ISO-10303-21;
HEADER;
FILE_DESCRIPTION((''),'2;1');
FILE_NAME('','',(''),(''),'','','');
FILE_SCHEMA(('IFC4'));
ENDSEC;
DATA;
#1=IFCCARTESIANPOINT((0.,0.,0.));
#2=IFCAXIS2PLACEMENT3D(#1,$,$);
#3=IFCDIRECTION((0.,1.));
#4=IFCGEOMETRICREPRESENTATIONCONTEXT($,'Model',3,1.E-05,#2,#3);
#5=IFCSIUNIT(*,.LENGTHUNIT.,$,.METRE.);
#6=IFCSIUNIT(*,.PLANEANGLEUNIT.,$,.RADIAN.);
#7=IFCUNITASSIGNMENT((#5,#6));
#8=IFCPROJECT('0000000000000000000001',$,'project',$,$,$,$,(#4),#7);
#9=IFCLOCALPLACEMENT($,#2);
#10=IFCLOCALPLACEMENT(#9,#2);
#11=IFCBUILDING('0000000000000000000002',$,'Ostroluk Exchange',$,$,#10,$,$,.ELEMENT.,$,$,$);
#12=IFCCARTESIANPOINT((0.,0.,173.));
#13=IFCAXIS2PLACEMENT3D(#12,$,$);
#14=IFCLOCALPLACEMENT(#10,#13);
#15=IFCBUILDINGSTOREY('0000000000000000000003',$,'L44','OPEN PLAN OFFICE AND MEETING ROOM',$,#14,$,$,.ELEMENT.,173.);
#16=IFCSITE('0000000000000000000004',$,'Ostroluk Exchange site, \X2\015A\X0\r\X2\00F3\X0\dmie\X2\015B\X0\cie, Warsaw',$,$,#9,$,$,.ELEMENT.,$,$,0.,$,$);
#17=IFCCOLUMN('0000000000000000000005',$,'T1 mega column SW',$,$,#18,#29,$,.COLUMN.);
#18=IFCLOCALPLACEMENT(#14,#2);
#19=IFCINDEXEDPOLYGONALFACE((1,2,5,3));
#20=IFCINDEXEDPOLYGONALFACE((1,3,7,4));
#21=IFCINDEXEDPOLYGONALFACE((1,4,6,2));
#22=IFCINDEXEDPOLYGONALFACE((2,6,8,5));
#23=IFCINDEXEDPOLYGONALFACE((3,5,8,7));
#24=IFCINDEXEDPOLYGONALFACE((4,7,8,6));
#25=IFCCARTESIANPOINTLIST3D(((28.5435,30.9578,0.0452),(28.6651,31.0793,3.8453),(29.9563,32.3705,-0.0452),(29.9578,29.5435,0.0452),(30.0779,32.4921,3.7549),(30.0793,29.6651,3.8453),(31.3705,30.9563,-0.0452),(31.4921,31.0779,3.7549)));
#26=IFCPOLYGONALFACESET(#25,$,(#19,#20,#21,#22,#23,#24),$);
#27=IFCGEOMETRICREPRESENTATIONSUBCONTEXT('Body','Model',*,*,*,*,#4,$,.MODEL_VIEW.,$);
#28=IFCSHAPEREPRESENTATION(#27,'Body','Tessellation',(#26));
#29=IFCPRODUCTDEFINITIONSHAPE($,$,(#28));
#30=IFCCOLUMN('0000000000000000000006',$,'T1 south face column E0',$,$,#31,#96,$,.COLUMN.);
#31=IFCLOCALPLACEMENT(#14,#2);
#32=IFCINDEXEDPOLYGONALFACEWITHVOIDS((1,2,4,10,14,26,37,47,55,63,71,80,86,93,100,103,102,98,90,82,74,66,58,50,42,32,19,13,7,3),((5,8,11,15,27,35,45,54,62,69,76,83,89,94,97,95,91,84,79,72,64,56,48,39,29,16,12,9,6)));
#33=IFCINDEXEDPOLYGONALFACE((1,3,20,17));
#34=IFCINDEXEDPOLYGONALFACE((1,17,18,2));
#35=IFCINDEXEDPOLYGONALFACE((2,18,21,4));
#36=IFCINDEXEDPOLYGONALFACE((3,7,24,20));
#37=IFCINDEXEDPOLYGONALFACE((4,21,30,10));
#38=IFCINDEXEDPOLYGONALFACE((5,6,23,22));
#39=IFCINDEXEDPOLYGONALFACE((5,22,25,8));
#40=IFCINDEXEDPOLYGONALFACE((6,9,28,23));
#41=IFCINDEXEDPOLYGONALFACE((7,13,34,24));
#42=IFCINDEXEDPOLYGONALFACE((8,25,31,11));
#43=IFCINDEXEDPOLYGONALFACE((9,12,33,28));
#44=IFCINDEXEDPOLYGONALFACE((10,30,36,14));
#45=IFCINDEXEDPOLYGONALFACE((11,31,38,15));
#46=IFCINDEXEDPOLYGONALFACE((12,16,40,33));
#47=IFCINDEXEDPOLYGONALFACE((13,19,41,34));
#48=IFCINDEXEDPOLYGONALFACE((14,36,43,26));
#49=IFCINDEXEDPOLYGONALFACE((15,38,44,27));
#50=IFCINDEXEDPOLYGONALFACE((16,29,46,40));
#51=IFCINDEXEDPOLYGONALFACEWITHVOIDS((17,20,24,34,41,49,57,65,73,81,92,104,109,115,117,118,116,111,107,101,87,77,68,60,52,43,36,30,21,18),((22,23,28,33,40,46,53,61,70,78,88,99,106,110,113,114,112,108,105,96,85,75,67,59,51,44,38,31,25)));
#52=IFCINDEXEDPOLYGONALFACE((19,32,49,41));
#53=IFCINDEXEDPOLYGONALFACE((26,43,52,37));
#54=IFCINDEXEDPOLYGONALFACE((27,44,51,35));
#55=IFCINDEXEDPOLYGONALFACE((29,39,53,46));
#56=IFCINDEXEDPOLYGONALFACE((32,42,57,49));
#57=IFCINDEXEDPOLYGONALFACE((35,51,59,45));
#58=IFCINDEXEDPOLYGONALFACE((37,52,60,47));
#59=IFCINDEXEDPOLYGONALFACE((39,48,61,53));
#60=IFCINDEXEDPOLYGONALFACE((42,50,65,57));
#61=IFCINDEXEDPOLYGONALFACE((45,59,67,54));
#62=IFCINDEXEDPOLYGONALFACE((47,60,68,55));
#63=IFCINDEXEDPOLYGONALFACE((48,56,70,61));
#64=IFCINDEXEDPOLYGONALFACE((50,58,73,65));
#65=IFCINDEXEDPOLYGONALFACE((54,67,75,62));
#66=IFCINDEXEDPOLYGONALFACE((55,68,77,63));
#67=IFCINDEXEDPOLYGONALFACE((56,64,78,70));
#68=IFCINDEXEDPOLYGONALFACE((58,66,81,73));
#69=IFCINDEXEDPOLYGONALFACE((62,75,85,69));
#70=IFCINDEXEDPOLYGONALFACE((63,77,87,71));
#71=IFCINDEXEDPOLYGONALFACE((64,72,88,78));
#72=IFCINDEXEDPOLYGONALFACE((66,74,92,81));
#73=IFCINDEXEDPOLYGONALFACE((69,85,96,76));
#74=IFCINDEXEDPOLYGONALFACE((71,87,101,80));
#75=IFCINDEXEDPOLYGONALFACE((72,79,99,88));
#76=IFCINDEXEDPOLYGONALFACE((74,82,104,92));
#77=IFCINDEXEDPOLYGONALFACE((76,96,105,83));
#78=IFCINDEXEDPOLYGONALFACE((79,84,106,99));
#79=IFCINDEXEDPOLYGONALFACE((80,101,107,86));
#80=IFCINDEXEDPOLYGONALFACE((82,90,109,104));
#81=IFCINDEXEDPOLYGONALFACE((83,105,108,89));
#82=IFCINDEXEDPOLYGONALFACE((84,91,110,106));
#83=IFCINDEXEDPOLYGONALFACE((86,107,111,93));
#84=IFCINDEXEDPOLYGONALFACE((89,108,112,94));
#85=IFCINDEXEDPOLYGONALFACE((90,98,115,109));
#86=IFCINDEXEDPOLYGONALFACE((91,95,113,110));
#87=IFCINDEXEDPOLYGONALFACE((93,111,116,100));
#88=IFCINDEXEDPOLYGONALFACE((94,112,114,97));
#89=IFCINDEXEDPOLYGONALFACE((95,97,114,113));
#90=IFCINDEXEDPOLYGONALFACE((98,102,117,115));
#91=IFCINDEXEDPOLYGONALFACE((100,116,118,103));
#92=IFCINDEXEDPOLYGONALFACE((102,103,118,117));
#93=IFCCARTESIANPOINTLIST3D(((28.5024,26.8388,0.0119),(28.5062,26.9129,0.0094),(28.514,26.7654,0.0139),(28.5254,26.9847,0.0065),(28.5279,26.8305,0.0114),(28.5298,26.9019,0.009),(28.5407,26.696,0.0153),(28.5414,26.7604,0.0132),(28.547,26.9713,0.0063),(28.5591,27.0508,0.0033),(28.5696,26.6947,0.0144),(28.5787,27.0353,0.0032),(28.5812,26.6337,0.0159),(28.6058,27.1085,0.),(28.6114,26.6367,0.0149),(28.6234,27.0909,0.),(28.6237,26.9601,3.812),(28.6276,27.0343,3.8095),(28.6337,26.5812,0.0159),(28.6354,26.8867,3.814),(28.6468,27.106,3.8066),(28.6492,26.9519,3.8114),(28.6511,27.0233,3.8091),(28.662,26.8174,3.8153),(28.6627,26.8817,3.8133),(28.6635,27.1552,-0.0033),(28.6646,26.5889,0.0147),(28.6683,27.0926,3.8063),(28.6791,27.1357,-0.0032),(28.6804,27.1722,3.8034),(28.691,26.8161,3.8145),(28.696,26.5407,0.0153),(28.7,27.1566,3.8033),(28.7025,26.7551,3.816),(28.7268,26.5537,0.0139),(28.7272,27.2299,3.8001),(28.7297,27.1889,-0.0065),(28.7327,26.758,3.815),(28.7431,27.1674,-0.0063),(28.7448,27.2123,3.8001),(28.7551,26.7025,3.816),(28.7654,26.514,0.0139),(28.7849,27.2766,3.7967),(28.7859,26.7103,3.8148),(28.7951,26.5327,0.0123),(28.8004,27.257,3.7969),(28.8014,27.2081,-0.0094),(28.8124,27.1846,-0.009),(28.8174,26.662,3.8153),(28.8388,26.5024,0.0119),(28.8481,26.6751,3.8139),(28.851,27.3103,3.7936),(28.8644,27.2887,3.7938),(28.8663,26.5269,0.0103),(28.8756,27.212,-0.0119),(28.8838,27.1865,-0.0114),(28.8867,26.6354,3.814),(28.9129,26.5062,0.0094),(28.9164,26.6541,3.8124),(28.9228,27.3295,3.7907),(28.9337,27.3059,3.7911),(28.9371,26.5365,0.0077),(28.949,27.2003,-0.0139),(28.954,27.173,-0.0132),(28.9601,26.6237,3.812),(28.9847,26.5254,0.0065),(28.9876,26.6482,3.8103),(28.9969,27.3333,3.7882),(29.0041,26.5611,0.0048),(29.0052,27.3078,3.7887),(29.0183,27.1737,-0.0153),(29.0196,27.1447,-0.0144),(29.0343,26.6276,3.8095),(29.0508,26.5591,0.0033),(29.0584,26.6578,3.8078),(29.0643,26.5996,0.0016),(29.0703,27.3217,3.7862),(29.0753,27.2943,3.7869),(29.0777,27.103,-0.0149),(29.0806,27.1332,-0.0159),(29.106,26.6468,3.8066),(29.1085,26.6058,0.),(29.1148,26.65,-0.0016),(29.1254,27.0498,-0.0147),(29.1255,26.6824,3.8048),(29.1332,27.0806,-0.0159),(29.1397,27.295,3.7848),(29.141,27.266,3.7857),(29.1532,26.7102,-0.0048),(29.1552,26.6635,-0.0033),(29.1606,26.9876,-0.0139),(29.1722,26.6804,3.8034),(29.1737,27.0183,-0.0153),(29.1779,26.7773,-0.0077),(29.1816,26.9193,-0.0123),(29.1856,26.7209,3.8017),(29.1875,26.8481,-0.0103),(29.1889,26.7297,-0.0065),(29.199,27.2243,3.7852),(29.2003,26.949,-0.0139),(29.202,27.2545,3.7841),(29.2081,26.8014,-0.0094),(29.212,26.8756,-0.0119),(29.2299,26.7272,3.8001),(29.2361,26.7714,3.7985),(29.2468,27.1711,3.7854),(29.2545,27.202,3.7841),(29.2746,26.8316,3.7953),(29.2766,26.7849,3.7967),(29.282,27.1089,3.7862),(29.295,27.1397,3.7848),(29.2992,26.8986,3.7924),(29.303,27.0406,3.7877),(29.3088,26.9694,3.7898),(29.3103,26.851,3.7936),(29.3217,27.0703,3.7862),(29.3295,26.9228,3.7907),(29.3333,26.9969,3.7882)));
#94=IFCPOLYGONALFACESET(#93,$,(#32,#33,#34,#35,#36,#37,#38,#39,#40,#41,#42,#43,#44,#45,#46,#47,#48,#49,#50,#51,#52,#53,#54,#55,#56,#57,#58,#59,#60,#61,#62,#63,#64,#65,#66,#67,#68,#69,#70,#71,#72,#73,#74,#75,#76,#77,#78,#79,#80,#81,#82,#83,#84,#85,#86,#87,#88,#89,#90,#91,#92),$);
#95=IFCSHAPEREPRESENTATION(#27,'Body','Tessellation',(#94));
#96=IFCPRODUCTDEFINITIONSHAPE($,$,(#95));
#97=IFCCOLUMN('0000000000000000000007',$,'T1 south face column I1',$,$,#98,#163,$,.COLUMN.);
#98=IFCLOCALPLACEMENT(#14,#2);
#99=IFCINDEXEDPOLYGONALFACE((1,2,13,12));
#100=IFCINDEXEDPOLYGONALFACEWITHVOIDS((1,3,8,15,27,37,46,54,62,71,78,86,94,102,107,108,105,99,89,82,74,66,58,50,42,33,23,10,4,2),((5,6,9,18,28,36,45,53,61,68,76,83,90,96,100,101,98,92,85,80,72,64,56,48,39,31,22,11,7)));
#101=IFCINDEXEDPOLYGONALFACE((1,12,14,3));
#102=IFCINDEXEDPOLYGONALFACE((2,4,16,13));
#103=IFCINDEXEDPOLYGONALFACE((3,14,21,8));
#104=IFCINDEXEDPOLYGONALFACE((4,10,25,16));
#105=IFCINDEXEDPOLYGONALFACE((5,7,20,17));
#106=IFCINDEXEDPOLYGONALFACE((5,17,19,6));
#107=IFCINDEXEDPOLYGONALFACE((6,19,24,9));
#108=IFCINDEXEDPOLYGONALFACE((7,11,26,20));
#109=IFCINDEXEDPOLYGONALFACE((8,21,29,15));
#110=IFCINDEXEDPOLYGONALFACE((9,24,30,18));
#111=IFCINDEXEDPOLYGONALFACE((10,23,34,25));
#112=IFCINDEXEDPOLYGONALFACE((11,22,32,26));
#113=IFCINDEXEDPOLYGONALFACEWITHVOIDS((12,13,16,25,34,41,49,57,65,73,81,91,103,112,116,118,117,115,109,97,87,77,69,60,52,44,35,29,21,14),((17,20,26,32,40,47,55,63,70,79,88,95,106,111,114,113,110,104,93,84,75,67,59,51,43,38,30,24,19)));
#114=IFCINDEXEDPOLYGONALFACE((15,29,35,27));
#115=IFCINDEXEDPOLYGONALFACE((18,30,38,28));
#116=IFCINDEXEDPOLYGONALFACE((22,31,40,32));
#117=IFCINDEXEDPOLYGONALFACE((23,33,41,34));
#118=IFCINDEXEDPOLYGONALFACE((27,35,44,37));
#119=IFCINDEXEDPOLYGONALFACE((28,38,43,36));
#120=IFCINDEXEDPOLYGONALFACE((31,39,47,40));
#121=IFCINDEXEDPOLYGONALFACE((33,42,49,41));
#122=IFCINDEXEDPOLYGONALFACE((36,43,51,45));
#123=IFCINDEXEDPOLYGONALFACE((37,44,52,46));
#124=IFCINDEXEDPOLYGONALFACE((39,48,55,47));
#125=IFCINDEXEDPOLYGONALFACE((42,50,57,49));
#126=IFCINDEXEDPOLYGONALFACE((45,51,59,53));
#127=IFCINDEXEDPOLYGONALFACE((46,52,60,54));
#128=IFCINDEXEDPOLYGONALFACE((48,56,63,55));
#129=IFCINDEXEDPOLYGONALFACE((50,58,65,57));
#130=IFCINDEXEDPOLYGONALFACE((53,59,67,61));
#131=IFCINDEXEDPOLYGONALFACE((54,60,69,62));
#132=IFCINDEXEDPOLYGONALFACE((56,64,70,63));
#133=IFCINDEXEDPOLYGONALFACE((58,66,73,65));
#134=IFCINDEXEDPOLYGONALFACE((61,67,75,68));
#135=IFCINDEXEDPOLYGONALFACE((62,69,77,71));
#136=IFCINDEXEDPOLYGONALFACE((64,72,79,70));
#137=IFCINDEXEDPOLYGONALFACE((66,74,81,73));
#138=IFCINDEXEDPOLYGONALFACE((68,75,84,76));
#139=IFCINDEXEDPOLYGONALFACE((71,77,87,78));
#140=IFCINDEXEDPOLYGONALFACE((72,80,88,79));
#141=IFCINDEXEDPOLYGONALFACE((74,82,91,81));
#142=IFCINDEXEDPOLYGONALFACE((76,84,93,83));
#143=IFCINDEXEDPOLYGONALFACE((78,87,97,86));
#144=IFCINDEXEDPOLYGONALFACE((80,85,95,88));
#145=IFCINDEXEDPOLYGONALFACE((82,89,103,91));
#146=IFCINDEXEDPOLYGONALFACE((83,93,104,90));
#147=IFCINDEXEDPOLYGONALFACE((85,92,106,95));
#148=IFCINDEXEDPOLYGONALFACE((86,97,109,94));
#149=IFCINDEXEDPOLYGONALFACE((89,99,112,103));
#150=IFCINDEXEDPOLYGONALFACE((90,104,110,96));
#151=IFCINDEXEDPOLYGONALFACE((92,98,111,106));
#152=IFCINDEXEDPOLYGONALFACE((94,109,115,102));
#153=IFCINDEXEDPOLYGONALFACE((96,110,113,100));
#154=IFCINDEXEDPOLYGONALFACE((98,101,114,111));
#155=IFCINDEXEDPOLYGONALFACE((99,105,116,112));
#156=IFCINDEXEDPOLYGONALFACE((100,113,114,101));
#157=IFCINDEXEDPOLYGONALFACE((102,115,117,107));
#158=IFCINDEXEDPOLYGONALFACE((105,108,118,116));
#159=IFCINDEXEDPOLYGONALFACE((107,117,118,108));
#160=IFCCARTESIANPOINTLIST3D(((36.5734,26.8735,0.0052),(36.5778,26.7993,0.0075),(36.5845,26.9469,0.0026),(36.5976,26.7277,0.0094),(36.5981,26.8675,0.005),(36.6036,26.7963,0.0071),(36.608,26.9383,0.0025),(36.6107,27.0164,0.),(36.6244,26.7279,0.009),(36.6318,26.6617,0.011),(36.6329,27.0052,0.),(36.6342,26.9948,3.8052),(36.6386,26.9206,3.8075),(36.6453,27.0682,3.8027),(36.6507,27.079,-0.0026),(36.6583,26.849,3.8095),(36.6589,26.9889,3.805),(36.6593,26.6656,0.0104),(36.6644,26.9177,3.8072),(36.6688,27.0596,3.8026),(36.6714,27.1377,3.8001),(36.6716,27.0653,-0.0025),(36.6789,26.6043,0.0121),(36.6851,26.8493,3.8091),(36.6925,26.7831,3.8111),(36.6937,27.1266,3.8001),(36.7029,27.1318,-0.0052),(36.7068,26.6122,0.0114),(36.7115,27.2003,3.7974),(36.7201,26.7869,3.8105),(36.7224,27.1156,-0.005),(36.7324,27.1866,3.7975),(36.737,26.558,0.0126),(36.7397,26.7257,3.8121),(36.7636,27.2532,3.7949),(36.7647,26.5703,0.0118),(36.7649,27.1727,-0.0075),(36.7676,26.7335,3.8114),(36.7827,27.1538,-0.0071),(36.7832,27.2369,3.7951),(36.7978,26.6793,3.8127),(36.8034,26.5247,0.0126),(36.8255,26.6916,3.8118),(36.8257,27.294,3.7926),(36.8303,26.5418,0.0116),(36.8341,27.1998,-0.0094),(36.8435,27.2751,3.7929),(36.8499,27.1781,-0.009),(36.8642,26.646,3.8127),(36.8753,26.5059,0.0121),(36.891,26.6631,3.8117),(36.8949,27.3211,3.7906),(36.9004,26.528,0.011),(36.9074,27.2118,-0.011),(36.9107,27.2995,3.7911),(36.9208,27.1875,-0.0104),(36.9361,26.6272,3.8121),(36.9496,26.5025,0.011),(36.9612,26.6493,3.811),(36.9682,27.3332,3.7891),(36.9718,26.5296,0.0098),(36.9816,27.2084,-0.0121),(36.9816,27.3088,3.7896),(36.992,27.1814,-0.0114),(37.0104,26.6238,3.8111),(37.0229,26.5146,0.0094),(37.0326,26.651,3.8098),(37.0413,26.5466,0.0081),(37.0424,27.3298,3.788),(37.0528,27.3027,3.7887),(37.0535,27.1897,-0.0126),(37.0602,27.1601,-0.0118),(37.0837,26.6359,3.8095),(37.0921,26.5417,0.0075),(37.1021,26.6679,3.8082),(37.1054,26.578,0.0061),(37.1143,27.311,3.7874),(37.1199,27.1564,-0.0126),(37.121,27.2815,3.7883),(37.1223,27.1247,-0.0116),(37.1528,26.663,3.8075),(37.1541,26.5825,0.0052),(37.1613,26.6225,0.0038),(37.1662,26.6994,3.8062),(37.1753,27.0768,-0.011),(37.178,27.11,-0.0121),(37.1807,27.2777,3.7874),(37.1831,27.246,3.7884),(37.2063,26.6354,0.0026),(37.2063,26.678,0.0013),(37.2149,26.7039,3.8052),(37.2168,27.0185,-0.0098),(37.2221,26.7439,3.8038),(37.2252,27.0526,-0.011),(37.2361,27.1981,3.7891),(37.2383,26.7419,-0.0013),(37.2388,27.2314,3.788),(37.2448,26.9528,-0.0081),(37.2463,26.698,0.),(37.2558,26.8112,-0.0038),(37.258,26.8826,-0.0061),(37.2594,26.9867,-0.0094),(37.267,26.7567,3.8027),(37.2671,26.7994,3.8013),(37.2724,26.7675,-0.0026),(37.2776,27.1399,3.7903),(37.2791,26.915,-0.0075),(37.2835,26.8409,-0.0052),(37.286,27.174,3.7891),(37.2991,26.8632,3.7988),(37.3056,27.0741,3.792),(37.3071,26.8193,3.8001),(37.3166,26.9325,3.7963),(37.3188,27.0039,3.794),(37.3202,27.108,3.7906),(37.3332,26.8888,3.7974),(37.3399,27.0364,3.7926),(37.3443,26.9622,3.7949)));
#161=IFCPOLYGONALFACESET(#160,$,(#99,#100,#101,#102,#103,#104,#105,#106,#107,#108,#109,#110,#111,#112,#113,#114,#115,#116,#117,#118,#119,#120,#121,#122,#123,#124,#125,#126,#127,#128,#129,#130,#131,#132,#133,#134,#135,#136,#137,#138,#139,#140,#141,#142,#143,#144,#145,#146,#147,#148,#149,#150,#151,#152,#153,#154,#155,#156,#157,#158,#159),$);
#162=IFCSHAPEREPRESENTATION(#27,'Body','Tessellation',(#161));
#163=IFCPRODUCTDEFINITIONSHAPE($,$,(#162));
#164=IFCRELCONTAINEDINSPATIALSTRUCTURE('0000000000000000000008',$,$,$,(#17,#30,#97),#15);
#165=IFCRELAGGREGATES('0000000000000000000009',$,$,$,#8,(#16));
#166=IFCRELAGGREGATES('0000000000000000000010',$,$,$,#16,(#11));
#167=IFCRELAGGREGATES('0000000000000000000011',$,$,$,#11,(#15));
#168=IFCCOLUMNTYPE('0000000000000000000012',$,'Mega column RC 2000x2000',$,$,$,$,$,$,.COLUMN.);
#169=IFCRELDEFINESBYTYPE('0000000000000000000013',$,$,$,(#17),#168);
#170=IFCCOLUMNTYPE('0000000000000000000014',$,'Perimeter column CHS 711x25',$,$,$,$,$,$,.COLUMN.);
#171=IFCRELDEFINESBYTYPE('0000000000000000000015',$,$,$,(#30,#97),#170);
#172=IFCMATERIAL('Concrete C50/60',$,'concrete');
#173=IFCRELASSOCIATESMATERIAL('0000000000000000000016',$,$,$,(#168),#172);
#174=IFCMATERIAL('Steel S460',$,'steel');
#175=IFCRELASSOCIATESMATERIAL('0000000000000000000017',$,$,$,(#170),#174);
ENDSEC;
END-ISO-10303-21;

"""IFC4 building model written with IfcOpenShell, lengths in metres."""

from ifc_helpers import new_model, si_unit, direction, frame, origin, origin_2d, place, context, subcontext, project, spatial, rectangle, hollow_circle, extrude, material, material_profile, profile_set, type_object, element, save


model = new_model("IFC4")

# Units and contexts
model_context = context("Model", 3, precision=1e-05, world=origin(), true_north=direction((0.0, 1.0)))
body_context = subcontext(model_context, "Body", "Model", "MODEL_VIEW")
ifc_project = project(units=[si_unit("LENGTHUNIT", "METRE"), si_unit("PLANEANGLEUNIT", "RADIAN")], contexts=[model_context])

# Site, building, storey
site_placement = place(None, origin())
site = spatial("IfcSite", under=ifc_project, at=site_placement, Name="Ostroluk Exchange site, Śródmieście, Warsaw", CompositionType="ELEMENT", RefElevation=0.0)
building_placement = place(site_placement, origin())
building = spatial("IfcBuilding", under=site, at=building_placement, Name="Ostroluk Exchange", CompositionType="ELEMENT")
storey_placement = place(building_placement, frame((0.0, 0.0, 173.0)))
storey = spatial("IfcBuildingStorey", under=building, at=storey_placement, Name="L44", Description="OPEN PLAN OFFICE AND MEETING ROOM", CompositionType="ELEMENT", Elevation=173.0)

# Columns
ifc_material_1 = material(Name="Concrete C50/60", Category="concrete")
ifc_material_profile_1 = material_profile(ifc_material_1, rectangle(XDim=2.0, YDim=2.0, at=origin_2d()), Name="RC 2000x2000")
ifc_profile_set_1 = profile_set([ifc_material_profile_1], Name="Concrete C50/60")
column_type_1 = type_object("IfcColumnType", Name="Mega column RC 2000x2000", PredefinedType="COLUMN", material=ifc_profile_set_1)
column_1_placement = place(storey_placement, frame((29.957, 30.957, 0.0), z_axis=(0.031962, 0.031962, 0.998978), x_axis=(-0.707107, 0.707107, 0.0)))
element("IfcColumn", 1, at=column_1_placement, inside=storey, type_object=column_type_1, Name="T1 mega column SW", PredefinedType="COLUMN", context=body_context, shape_type="SweptSolid", body=[
    extrude(rectangle(XDim=2.0, YDim=2.0, at=origin_2d()), origin(), (0.0, 0.0, 1.0), 3.804),
])
ifc_material_2 = material(Name="Steel S460", Category="steel")
ifc_material_profile_2 = material_profile(ifc_material_2, hollow_circle(Radius=0.3555, WallThickness=0.0249, at=origin_2d()), Name="CHS 711x25")
ifc_profile_set_2 = profile_set([ifc_material_profile_2], Name="Steel S460")
column_type_2 = type_object("IfcColumnType", Name="Perimeter column CHS 711x25", PredefinedType="COLUMN", material=ifc_profile_set_2)
column_2_placement = place(storey_placement, frame((28.8572, 26.8572, 0.0), z_axis=(0.031898, 0.031898, 0.998982), x_axis=(-0.707107, 0.707107, 0.0)))
element("IfcColumn", 2, at=column_2_placement, inside=storey, type_object=column_type_2, Name="T1 south face column E0", PredefinedType="COLUMN", context=body_context, shape_type="SweptSolid", body=[
    extrude(hollow_circle(Radius=0.3555, WallThickness=0.0249, at=origin_2d()), origin(), (0.0, 0.0, 1.0), 3.804),
])
column_3_placement = place(storey_placement, frame((36.9285, 26.8572, 0.0), z_axis=(0.015987, 0.03191, 0.999363), x_axis=(-0.894067, 0.447933, 0.0)))
element("IfcColumn", 3, at=column_3_placement, inside=storey, type_object=column_type_2, Name="T1 south face column I1", PredefinedType="COLUMN", context=body_context, shape_type="SweptSolid", body=[
    extrude(hollow_circle(Radius=0.3555, WallThickness=0.0249, at=origin_2d()), origin(), (0.0, 0.0, 1.0), 3.8025),
])

save(model, "model.ifc")
